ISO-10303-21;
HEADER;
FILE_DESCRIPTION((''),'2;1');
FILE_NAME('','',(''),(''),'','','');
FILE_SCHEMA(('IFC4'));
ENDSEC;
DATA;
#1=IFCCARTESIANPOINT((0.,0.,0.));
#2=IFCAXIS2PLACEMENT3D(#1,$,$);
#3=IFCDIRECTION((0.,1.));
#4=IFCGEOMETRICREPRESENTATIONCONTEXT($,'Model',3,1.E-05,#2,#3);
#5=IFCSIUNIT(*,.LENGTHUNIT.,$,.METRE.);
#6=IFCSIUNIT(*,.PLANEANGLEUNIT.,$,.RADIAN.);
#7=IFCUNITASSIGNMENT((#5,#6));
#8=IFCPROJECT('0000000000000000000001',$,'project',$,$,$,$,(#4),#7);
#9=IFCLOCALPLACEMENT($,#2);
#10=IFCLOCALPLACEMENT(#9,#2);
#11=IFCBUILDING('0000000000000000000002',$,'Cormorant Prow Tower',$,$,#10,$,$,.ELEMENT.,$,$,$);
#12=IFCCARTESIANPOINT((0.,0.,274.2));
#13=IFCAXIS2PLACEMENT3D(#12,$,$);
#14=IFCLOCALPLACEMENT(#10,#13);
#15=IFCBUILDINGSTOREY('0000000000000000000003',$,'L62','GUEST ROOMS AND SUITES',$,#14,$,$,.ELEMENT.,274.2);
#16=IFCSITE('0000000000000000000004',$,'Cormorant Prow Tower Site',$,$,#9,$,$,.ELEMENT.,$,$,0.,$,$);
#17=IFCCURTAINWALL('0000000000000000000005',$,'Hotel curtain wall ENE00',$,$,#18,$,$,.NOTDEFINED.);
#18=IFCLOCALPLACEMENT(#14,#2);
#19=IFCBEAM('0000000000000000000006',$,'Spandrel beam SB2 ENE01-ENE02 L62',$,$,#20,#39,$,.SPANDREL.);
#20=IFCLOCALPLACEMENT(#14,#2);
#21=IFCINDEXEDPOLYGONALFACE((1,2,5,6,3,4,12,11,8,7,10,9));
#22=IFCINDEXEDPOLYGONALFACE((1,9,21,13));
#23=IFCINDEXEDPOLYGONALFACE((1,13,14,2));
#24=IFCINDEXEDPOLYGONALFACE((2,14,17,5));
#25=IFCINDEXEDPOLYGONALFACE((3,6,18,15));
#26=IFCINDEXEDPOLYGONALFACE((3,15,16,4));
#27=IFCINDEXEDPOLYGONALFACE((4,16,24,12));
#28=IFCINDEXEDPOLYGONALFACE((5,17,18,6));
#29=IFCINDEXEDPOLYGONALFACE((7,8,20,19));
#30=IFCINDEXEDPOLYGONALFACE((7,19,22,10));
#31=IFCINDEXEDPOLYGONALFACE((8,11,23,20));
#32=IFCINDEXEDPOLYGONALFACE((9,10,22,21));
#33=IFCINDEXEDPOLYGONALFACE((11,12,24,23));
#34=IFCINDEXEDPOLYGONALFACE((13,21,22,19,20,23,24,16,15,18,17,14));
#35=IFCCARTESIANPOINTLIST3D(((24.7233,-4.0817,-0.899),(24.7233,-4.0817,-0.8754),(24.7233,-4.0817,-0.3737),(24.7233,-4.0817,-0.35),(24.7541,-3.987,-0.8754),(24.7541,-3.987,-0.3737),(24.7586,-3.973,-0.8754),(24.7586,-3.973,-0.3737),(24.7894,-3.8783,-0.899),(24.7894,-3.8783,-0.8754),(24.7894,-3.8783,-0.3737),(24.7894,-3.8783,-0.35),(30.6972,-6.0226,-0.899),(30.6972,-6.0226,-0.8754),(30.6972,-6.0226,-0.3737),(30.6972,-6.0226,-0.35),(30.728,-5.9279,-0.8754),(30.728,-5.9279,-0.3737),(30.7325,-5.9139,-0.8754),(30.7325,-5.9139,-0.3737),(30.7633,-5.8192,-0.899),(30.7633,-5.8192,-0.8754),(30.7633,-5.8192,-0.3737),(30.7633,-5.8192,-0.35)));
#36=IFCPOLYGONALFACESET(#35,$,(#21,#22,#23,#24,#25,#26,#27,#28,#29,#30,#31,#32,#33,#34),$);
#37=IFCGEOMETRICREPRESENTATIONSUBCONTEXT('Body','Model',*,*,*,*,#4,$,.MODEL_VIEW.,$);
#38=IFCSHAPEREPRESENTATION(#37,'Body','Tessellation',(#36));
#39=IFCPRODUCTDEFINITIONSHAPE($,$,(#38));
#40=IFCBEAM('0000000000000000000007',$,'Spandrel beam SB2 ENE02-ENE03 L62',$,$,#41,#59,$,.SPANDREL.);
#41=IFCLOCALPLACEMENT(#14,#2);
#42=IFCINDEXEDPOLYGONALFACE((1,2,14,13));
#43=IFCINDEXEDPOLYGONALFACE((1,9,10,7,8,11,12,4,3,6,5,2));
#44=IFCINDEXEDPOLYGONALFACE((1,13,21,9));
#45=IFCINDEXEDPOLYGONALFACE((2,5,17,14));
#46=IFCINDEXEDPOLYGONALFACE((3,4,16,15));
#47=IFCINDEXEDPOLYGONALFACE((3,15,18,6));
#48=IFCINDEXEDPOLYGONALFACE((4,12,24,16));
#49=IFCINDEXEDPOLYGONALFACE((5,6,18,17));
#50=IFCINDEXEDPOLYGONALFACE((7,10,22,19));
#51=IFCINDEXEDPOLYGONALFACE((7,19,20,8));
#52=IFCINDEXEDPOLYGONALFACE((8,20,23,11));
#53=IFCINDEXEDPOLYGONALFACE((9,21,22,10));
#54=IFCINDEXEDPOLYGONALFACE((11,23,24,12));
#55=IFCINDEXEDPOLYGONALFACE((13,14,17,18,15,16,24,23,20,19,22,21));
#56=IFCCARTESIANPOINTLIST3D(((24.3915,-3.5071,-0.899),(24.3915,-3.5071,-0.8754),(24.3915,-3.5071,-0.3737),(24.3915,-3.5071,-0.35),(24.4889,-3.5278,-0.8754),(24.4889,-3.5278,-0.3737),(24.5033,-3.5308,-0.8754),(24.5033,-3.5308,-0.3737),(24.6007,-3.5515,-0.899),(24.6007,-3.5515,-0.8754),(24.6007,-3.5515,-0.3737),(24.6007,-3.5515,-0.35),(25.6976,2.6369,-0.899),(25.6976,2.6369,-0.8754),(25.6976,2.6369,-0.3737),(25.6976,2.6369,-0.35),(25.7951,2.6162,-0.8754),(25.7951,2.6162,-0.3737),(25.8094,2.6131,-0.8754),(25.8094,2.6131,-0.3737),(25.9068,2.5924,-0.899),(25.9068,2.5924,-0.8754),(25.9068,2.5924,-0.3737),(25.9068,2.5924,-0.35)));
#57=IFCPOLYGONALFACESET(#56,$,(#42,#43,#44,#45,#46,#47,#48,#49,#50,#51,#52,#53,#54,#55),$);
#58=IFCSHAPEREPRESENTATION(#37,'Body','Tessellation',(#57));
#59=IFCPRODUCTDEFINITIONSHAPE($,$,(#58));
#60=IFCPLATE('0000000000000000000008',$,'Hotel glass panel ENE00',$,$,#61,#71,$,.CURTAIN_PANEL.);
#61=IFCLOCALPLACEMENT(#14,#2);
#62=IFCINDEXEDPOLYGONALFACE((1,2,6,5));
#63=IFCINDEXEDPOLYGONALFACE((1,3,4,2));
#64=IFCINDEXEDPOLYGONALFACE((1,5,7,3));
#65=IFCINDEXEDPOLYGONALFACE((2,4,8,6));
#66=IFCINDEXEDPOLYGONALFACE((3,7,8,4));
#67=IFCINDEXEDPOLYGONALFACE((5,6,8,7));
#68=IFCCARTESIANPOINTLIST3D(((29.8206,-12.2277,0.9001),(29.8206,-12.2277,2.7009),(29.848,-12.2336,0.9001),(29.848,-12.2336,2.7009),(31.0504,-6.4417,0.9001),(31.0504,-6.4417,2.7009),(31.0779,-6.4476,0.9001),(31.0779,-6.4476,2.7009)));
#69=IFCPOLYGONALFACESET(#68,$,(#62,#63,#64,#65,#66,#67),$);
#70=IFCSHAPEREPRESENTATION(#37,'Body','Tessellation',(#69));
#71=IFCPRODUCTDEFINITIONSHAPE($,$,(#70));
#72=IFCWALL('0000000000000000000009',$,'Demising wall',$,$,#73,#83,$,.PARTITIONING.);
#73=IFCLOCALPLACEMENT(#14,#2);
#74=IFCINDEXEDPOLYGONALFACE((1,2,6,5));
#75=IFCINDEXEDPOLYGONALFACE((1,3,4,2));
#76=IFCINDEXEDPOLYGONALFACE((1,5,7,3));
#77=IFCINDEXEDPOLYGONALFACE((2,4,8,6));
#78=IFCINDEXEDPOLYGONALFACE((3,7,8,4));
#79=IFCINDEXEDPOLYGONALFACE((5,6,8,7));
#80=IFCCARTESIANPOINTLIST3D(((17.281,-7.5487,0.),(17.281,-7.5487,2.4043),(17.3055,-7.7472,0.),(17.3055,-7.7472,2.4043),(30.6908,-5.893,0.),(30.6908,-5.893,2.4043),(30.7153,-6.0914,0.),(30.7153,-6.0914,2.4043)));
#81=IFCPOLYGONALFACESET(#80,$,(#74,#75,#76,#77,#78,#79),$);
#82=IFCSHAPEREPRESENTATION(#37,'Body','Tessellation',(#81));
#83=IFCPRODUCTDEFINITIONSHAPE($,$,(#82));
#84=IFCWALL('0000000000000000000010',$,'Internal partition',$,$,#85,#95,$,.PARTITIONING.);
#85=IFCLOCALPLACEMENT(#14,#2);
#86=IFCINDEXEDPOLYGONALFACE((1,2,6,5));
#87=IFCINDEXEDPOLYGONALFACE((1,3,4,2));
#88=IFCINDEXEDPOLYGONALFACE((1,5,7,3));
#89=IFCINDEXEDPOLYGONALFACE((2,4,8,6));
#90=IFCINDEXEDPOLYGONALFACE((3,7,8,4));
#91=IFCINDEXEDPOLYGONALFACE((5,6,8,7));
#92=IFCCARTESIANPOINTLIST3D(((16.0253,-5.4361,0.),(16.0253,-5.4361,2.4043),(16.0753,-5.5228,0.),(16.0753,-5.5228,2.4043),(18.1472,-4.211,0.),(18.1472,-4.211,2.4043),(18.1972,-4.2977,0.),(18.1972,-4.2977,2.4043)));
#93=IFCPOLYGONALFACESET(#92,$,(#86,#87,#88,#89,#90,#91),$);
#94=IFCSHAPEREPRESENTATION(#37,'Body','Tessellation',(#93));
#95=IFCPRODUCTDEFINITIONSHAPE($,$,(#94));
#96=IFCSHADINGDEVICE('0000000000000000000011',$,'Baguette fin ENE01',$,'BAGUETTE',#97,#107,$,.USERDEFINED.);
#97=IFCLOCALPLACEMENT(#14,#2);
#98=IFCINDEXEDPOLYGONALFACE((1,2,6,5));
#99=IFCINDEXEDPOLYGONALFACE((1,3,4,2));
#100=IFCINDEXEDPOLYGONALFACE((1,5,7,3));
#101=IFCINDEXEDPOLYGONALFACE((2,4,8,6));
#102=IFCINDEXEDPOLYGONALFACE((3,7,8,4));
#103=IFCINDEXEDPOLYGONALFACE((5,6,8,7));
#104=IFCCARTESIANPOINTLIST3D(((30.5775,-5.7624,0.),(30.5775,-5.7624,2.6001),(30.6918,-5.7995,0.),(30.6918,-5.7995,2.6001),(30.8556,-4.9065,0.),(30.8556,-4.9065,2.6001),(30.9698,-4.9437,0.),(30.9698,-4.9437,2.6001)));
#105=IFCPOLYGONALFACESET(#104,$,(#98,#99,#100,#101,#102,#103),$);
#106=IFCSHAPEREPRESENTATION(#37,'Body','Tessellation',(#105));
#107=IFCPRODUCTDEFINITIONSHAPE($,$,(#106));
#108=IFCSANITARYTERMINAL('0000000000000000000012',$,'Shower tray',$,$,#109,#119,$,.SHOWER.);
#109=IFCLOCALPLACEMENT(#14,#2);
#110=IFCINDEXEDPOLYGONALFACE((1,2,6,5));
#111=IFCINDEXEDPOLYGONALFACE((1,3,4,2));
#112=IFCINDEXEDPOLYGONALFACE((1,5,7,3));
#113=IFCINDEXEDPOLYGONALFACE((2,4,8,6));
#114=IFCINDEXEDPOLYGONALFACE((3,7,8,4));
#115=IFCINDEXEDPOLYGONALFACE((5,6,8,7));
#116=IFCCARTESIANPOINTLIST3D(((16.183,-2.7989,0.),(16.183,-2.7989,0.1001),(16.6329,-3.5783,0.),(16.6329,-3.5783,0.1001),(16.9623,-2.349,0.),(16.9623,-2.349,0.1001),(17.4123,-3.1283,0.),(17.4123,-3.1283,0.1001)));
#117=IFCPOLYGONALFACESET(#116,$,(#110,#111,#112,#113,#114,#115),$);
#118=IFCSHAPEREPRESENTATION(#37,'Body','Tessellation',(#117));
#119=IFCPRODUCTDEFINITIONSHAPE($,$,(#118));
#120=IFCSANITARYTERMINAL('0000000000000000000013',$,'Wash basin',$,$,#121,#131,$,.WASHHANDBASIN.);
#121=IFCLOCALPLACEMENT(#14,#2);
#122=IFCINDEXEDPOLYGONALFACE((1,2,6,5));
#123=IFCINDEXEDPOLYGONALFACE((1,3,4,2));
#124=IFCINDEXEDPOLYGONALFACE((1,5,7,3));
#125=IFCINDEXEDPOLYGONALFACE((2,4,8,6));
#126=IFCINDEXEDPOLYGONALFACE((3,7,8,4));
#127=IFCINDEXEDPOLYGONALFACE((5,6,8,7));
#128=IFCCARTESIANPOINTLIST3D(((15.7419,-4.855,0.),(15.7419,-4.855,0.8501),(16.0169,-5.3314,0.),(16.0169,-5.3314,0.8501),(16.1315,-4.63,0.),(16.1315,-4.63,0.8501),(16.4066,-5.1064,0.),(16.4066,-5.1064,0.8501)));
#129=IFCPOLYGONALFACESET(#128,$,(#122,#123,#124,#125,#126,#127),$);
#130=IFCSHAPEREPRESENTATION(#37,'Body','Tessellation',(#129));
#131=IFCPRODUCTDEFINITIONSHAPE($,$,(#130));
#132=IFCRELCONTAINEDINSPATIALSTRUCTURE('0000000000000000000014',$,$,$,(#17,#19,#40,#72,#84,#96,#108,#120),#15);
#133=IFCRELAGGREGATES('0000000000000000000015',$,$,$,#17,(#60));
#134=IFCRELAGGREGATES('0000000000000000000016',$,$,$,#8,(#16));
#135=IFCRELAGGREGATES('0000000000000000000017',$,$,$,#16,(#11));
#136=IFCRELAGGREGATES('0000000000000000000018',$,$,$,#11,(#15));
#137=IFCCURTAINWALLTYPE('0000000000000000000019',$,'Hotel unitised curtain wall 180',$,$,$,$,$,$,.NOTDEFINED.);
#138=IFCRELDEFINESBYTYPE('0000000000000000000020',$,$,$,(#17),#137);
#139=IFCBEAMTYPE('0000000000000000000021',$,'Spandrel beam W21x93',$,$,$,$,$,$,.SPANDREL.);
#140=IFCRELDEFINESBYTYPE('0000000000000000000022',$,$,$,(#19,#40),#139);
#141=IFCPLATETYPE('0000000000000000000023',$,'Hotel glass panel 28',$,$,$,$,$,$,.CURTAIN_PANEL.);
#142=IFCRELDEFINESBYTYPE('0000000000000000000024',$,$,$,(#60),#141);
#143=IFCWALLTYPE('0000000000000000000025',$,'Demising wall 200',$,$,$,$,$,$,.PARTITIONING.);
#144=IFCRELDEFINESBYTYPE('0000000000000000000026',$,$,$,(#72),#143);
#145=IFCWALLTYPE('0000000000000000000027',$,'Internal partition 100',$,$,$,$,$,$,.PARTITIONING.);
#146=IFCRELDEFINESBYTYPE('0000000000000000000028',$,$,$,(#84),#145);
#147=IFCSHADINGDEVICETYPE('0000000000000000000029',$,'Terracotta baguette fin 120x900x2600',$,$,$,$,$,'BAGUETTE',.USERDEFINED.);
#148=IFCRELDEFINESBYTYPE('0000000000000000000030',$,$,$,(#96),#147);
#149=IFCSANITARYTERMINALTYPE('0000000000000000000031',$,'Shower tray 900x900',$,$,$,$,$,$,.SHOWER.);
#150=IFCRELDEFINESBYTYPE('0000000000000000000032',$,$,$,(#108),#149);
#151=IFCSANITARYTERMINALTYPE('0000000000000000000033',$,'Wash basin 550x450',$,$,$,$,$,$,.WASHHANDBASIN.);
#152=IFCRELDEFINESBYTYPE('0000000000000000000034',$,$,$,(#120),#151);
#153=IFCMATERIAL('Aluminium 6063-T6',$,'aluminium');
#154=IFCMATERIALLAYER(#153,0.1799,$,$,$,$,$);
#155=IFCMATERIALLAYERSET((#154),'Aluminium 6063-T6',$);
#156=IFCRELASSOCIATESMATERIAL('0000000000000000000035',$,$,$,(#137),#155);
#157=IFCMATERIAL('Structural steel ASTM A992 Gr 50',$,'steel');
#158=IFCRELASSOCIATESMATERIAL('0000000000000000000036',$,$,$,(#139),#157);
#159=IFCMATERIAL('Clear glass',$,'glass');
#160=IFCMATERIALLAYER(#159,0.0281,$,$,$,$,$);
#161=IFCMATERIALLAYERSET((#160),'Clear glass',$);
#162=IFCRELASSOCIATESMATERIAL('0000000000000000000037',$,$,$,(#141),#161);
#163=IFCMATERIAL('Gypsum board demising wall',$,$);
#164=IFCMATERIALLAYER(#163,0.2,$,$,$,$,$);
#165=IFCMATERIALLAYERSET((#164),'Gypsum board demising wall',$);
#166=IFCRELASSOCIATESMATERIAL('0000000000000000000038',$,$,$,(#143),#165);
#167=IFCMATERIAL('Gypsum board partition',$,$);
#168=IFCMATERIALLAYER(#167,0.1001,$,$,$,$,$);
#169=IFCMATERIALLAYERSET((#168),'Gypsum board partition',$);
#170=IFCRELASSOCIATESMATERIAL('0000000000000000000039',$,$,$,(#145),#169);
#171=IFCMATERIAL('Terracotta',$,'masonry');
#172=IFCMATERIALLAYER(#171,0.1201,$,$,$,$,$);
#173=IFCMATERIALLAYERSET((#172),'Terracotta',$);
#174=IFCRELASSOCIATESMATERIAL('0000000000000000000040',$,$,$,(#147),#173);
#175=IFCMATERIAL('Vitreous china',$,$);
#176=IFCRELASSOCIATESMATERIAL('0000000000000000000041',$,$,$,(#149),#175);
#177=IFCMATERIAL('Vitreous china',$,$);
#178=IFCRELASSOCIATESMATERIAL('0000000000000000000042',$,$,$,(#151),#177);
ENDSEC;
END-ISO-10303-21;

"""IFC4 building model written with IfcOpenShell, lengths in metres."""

from ifc_helpers import new_model, si_unit, direction, frame, frame_2d, origin, origin_2d, place, context, subcontext, project, spatial, rectangle, i_section, extrude, material, layer, layer_set, material_profile, profile_set, type_object, element, aggregate, save


model = new_model("IFC4")

# Units and contexts
model_context = context("Model", 3, precision=1e-05, world=origin(), true_north=direction((0.0, 1.0)))
body_context = subcontext(model_context, "Body", "Model", "MODEL_VIEW")
ifc_project = project(units=[si_unit("LENGTHUNIT", "METRE"), si_unit("PLANEANGLEUNIT", "RADIAN")], contexts=[model_context])

# Site, building, storey
site_placement = place(None, origin())
site = spatial("IfcSite", under=ifc_project, at=site_placement, Name="Cormorant Prow Tower Site", CompositionType="ELEMENT", RefElevation=0.0)
building_placement = place(site_placement, origin())
building = spatial("IfcBuilding", under=site, at=building_placement, Name="Cormorant Prow Tower", CompositionType="ELEMENT")
storey_placement = place(building_placement, frame((0.0, 0.0, 274.2)))
storey = spatial("IfcBuildingStorey", under=building, at=storey_placement, Name="L62", Description="GUEST ROOMS AND SUITES", CompositionType="ELEMENT", Elevation=274.2)

# Curtain wall
ifc_material_1 = material(Name="Aluminium 6063-T6", Category="aluminium")
ifc_layer_1 = layer(ifc_material_1, 0.1799)
ifc_layer_set_1 = layer_set([ifc_layer_1], Name="Aluminium 6063-T6")
curtain_wall_type = type_object("IfcCurtainWallType", Name="Hotel unitised curtain wall 180", PredefinedType="NOTDEFINED", material=ifc_layer_set_1)
curtain_wall_1_placement = place(storey_placement, origin())
curtain_wall_1 = element("IfcCurtainWall", 1, at=curtain_wall_1_placement, inside=storey, type_object=curtain_wall_type, Name="Hotel curtain wall ENE00", PredefinedType="NOTDEFINED")

# Beams
ifc_material_2 = material(Name="Structural steel ASTM A992 Gr 50", Category="steel")
ifc_material_profile_1 = material_profile(ifc_material_2, i_section(OverallWidth=0.2139, OverallDepth=0.5491, WebThickness=0.0146, FlangeThickness=0.0237, at=origin_2d()), Name="W21x93")
ifc_profile_set_1 = profile_set([ifc_material_profile_1], Name="Structural steel ASTM A992 Gr 50")
beam_type_1 = type_object("IfcBeamType", Name="Spandrel beam W21x93", PredefinedType="SPANDREL", material=ifc_profile_set_1)
for number, where, z_axis, x_axis, name in (
    (2, (30.7302, -5.9209, -0.6245), (-0.951062, 0.309001, 0.0), (-0.309001, -0.951062, 0.0), "Spandrel beam SB2 ENE01-ENE02 L62"),
    (3, (24.4961, -3.5293, -0.6245), (0.207941, 0.978141, 0.0), (-0.978141, 0.207941, 0.0), "Spandrel beam SB2 ENE02-ENE03 L62"),
):
    element("IfcBeam", number, at=place(storey_placement, frame(where, z_axis=z_axis, x_axis=x_axis)), inside=storey, type_object=beam_type_1, Name=name, PredefinedType="SPANDREL", context=body_context, shape_type="SweptSolid", body=[
        extrude(i_section(OverallWidth=0.2139, OverallDepth=0.5491, WebThickness=0.0146, FlangeThickness=0.0237, at=origin_2d()), origin(), (0.0, 0.0, 1.0), 6.2812),
    ])

# Plate
ifc_material_3 = material(Name="Clear glass", Category="glass")
ifc_layer_2 = layer(ifc_material_3, 0.0281)
ifc_layer_set_2 = layer_set([ifc_layer_2], Name="Clear glass")
plate_type = type_object("IfcPlateType", Name="Hotel glass panel 28", PredefinedType="CURTAIN_PANEL", material=ifc_layer_set_2)
plate_placement = place(storey_placement, frame((30.4492, -9.3376, 0.9001), z_axis=(0.0, 0.0, 1.0), x_axis=(0.207912, 0.978148, 0.0)))
plate = element("IfcPlate", 4, at=plate_placement, type_object=plate_type, Name="Hotel glass panel ENE00", PredefinedType="CURTAIN_PANEL", context=body_context, shape_type="SweptSolid", body=[
    extrude(rectangle(XDim=5.9153, YDim=0.0281, at=origin_2d()), origin(), (0.0, 0.0, 1.0), 1.8008),
])
aggregate(curtain_wall_1, [plate])

# Walls
ifc_material_4 = material(Name="Gypsum board demising wall")
ifc_layer_3 = layer(ifc_material_4, 0.2)
ifc_layer_set_3 = layer_set([ifc_layer_3], Name="Gypsum board demising wall")
wall_type_1 = type_object("IfcWallType", Name="Demising wall 200", PredefinedType="PARTITIONING", material=ifc_layer_set_3)
wall_1_placement = place(storey_placement, frame((17.2932, -7.6479, 0.0), z_axis=(0.0, 0.0, 1.0), x_axis=(0.992463, 0.122542, 0.0)))
element("IfcWall", 5, at=wall_1_placement, inside=storey, type_object=wall_type_1, Name="Demising wall", PredefinedType="PARTITIONING", context=body_context, shape_type="SweptSolid", body=[
    extrude(rectangle(XDim=13.5117, YDim=0.2, at=frame_2d((6.7559, 0.0))), origin(), (0.0, 0.0, 1.0), 2.4043),
])
ifc_material_5 = material(Name="Gypsum board partition")
ifc_layer_4 = layer(ifc_material_5, 0.1001)
ifc_layer_set_4 = layer_set([ifc_layer_4], Name="Gypsum board partition")
wall_type_2 = type_object("IfcWallType", Name="Internal partition 100", PredefinedType="PARTITIONING", material=ifc_layer_set_4)
wall_2_placement = place(storey_placement, frame((16.0503, -5.4795, 0.0), z_axis=(0.0, 0.0, 1.0), x_axis=(0.866015, 0.500019, 0.0)))
element("IfcWall", 6, at=wall_2_placement, inside=storey, type_object=wall_type_2, Name="Internal partition", PredefinedType="PARTITIONING", context=body_context, shape_type="SweptSolid", body=[
    extrude(rectangle(XDim=2.4502, YDim=0.1001, at=frame_2d((1.2251, 0.0))), origin(), (0.0, 0.0, 1.0), 2.4043),
])

# Shading device
ifc_material_6 = material(Name="Terracotta", Category="masonry")
ifc_layer_5 = layer(ifc_material_6, 0.1201)
ifc_layer_set_5 = layer_set([ifc_layer_5], Name="Terracotta")
shading_device_type = type_object("IfcShadingDeviceType", Name="Terracotta baguette fin 120x900x2600", ElementType="BAGUETTE", PredefinedType="USERDEFINED", material=ifc_layer_set_5)
shading_device_placement = place(storey_placement, frame((30.7737, -5.353, 0.0), z_axis=(0.0, 0.0, 1.0), x_axis=(-0.951057, 0.309017, 0.0)))
element("IfcShadingDevice", 7, at=shading_device_placement, inside=storey, type_object=shading_device_type, Name="Baguette fin ENE01", ObjectType="BAGUETTE", PredefinedType="USERDEFINED", context=body_context, shape_type="SweptSolid", body=[
    extrude(rectangle(XDim=0.1201, YDim=0.8999, at=origin_2d()), origin(), (0.0, 0.0, 1.0), 2.6001),
])

# Sanitary terminals
ifc_material_7 = material(Name="Vitreous china")
sanitary_terminal_type_1 = type_object("IfcSanitaryTerminalType", Name="Shower tray 900x900", PredefinedType="SHOWER", material=ifc_material_7)
sanitary_terminal_1_placement = place(storey_placement, frame((16.7976, -2.9636, 0.0), z_axis=(0.0, 0.0, 1.0), x_axis=(0.5, -0.866025, 0.0)))
element("IfcSanitaryTerminal", 8, at=sanitary_terminal_1_placement, inside=storey, type_object=sanitary_terminal_type_1, Name="Shower tray", PredefinedType="SHOWER", context=body_context, shape_type="SweptSolid", body=[
    extrude(rectangle(XDim=0.8999, YDim=0.8999, at=origin_2d()), origin(), (0.0, 0.0, 1.0), 0.1001),
])
ifc_material_8 = material(Name="Vitreous china")
sanitary_terminal_type_2 = type_object("IfcSanitaryTerminalType", Name="Wash basin 550x450", PredefinedType="WASHHANDBASIN", material=ifc_material_8)
sanitary_terminal_2_placement = place(storey_placement, frame((16.0742, -4.9807, 0.0), z_axis=(0.0, 0.0, 1.0), x_axis=(-0.5, 0.866025, 0.0)))
element("IfcSanitaryTerminal", 9, at=sanitary_terminal_2_placement, inside=storey, type_object=sanitary_terminal_type_2, Name="Wash basin", PredefinedType="WASHHANDBASIN", context=body_context, shape_type="SweptSolid", body=[
    extrude(rectangle(XDim=0.55, YDim=0.45, at=origin_2d()), origin(), (0.0, 0.0, 1.0), 0.8501),
])

save(model, "model.ifc")
